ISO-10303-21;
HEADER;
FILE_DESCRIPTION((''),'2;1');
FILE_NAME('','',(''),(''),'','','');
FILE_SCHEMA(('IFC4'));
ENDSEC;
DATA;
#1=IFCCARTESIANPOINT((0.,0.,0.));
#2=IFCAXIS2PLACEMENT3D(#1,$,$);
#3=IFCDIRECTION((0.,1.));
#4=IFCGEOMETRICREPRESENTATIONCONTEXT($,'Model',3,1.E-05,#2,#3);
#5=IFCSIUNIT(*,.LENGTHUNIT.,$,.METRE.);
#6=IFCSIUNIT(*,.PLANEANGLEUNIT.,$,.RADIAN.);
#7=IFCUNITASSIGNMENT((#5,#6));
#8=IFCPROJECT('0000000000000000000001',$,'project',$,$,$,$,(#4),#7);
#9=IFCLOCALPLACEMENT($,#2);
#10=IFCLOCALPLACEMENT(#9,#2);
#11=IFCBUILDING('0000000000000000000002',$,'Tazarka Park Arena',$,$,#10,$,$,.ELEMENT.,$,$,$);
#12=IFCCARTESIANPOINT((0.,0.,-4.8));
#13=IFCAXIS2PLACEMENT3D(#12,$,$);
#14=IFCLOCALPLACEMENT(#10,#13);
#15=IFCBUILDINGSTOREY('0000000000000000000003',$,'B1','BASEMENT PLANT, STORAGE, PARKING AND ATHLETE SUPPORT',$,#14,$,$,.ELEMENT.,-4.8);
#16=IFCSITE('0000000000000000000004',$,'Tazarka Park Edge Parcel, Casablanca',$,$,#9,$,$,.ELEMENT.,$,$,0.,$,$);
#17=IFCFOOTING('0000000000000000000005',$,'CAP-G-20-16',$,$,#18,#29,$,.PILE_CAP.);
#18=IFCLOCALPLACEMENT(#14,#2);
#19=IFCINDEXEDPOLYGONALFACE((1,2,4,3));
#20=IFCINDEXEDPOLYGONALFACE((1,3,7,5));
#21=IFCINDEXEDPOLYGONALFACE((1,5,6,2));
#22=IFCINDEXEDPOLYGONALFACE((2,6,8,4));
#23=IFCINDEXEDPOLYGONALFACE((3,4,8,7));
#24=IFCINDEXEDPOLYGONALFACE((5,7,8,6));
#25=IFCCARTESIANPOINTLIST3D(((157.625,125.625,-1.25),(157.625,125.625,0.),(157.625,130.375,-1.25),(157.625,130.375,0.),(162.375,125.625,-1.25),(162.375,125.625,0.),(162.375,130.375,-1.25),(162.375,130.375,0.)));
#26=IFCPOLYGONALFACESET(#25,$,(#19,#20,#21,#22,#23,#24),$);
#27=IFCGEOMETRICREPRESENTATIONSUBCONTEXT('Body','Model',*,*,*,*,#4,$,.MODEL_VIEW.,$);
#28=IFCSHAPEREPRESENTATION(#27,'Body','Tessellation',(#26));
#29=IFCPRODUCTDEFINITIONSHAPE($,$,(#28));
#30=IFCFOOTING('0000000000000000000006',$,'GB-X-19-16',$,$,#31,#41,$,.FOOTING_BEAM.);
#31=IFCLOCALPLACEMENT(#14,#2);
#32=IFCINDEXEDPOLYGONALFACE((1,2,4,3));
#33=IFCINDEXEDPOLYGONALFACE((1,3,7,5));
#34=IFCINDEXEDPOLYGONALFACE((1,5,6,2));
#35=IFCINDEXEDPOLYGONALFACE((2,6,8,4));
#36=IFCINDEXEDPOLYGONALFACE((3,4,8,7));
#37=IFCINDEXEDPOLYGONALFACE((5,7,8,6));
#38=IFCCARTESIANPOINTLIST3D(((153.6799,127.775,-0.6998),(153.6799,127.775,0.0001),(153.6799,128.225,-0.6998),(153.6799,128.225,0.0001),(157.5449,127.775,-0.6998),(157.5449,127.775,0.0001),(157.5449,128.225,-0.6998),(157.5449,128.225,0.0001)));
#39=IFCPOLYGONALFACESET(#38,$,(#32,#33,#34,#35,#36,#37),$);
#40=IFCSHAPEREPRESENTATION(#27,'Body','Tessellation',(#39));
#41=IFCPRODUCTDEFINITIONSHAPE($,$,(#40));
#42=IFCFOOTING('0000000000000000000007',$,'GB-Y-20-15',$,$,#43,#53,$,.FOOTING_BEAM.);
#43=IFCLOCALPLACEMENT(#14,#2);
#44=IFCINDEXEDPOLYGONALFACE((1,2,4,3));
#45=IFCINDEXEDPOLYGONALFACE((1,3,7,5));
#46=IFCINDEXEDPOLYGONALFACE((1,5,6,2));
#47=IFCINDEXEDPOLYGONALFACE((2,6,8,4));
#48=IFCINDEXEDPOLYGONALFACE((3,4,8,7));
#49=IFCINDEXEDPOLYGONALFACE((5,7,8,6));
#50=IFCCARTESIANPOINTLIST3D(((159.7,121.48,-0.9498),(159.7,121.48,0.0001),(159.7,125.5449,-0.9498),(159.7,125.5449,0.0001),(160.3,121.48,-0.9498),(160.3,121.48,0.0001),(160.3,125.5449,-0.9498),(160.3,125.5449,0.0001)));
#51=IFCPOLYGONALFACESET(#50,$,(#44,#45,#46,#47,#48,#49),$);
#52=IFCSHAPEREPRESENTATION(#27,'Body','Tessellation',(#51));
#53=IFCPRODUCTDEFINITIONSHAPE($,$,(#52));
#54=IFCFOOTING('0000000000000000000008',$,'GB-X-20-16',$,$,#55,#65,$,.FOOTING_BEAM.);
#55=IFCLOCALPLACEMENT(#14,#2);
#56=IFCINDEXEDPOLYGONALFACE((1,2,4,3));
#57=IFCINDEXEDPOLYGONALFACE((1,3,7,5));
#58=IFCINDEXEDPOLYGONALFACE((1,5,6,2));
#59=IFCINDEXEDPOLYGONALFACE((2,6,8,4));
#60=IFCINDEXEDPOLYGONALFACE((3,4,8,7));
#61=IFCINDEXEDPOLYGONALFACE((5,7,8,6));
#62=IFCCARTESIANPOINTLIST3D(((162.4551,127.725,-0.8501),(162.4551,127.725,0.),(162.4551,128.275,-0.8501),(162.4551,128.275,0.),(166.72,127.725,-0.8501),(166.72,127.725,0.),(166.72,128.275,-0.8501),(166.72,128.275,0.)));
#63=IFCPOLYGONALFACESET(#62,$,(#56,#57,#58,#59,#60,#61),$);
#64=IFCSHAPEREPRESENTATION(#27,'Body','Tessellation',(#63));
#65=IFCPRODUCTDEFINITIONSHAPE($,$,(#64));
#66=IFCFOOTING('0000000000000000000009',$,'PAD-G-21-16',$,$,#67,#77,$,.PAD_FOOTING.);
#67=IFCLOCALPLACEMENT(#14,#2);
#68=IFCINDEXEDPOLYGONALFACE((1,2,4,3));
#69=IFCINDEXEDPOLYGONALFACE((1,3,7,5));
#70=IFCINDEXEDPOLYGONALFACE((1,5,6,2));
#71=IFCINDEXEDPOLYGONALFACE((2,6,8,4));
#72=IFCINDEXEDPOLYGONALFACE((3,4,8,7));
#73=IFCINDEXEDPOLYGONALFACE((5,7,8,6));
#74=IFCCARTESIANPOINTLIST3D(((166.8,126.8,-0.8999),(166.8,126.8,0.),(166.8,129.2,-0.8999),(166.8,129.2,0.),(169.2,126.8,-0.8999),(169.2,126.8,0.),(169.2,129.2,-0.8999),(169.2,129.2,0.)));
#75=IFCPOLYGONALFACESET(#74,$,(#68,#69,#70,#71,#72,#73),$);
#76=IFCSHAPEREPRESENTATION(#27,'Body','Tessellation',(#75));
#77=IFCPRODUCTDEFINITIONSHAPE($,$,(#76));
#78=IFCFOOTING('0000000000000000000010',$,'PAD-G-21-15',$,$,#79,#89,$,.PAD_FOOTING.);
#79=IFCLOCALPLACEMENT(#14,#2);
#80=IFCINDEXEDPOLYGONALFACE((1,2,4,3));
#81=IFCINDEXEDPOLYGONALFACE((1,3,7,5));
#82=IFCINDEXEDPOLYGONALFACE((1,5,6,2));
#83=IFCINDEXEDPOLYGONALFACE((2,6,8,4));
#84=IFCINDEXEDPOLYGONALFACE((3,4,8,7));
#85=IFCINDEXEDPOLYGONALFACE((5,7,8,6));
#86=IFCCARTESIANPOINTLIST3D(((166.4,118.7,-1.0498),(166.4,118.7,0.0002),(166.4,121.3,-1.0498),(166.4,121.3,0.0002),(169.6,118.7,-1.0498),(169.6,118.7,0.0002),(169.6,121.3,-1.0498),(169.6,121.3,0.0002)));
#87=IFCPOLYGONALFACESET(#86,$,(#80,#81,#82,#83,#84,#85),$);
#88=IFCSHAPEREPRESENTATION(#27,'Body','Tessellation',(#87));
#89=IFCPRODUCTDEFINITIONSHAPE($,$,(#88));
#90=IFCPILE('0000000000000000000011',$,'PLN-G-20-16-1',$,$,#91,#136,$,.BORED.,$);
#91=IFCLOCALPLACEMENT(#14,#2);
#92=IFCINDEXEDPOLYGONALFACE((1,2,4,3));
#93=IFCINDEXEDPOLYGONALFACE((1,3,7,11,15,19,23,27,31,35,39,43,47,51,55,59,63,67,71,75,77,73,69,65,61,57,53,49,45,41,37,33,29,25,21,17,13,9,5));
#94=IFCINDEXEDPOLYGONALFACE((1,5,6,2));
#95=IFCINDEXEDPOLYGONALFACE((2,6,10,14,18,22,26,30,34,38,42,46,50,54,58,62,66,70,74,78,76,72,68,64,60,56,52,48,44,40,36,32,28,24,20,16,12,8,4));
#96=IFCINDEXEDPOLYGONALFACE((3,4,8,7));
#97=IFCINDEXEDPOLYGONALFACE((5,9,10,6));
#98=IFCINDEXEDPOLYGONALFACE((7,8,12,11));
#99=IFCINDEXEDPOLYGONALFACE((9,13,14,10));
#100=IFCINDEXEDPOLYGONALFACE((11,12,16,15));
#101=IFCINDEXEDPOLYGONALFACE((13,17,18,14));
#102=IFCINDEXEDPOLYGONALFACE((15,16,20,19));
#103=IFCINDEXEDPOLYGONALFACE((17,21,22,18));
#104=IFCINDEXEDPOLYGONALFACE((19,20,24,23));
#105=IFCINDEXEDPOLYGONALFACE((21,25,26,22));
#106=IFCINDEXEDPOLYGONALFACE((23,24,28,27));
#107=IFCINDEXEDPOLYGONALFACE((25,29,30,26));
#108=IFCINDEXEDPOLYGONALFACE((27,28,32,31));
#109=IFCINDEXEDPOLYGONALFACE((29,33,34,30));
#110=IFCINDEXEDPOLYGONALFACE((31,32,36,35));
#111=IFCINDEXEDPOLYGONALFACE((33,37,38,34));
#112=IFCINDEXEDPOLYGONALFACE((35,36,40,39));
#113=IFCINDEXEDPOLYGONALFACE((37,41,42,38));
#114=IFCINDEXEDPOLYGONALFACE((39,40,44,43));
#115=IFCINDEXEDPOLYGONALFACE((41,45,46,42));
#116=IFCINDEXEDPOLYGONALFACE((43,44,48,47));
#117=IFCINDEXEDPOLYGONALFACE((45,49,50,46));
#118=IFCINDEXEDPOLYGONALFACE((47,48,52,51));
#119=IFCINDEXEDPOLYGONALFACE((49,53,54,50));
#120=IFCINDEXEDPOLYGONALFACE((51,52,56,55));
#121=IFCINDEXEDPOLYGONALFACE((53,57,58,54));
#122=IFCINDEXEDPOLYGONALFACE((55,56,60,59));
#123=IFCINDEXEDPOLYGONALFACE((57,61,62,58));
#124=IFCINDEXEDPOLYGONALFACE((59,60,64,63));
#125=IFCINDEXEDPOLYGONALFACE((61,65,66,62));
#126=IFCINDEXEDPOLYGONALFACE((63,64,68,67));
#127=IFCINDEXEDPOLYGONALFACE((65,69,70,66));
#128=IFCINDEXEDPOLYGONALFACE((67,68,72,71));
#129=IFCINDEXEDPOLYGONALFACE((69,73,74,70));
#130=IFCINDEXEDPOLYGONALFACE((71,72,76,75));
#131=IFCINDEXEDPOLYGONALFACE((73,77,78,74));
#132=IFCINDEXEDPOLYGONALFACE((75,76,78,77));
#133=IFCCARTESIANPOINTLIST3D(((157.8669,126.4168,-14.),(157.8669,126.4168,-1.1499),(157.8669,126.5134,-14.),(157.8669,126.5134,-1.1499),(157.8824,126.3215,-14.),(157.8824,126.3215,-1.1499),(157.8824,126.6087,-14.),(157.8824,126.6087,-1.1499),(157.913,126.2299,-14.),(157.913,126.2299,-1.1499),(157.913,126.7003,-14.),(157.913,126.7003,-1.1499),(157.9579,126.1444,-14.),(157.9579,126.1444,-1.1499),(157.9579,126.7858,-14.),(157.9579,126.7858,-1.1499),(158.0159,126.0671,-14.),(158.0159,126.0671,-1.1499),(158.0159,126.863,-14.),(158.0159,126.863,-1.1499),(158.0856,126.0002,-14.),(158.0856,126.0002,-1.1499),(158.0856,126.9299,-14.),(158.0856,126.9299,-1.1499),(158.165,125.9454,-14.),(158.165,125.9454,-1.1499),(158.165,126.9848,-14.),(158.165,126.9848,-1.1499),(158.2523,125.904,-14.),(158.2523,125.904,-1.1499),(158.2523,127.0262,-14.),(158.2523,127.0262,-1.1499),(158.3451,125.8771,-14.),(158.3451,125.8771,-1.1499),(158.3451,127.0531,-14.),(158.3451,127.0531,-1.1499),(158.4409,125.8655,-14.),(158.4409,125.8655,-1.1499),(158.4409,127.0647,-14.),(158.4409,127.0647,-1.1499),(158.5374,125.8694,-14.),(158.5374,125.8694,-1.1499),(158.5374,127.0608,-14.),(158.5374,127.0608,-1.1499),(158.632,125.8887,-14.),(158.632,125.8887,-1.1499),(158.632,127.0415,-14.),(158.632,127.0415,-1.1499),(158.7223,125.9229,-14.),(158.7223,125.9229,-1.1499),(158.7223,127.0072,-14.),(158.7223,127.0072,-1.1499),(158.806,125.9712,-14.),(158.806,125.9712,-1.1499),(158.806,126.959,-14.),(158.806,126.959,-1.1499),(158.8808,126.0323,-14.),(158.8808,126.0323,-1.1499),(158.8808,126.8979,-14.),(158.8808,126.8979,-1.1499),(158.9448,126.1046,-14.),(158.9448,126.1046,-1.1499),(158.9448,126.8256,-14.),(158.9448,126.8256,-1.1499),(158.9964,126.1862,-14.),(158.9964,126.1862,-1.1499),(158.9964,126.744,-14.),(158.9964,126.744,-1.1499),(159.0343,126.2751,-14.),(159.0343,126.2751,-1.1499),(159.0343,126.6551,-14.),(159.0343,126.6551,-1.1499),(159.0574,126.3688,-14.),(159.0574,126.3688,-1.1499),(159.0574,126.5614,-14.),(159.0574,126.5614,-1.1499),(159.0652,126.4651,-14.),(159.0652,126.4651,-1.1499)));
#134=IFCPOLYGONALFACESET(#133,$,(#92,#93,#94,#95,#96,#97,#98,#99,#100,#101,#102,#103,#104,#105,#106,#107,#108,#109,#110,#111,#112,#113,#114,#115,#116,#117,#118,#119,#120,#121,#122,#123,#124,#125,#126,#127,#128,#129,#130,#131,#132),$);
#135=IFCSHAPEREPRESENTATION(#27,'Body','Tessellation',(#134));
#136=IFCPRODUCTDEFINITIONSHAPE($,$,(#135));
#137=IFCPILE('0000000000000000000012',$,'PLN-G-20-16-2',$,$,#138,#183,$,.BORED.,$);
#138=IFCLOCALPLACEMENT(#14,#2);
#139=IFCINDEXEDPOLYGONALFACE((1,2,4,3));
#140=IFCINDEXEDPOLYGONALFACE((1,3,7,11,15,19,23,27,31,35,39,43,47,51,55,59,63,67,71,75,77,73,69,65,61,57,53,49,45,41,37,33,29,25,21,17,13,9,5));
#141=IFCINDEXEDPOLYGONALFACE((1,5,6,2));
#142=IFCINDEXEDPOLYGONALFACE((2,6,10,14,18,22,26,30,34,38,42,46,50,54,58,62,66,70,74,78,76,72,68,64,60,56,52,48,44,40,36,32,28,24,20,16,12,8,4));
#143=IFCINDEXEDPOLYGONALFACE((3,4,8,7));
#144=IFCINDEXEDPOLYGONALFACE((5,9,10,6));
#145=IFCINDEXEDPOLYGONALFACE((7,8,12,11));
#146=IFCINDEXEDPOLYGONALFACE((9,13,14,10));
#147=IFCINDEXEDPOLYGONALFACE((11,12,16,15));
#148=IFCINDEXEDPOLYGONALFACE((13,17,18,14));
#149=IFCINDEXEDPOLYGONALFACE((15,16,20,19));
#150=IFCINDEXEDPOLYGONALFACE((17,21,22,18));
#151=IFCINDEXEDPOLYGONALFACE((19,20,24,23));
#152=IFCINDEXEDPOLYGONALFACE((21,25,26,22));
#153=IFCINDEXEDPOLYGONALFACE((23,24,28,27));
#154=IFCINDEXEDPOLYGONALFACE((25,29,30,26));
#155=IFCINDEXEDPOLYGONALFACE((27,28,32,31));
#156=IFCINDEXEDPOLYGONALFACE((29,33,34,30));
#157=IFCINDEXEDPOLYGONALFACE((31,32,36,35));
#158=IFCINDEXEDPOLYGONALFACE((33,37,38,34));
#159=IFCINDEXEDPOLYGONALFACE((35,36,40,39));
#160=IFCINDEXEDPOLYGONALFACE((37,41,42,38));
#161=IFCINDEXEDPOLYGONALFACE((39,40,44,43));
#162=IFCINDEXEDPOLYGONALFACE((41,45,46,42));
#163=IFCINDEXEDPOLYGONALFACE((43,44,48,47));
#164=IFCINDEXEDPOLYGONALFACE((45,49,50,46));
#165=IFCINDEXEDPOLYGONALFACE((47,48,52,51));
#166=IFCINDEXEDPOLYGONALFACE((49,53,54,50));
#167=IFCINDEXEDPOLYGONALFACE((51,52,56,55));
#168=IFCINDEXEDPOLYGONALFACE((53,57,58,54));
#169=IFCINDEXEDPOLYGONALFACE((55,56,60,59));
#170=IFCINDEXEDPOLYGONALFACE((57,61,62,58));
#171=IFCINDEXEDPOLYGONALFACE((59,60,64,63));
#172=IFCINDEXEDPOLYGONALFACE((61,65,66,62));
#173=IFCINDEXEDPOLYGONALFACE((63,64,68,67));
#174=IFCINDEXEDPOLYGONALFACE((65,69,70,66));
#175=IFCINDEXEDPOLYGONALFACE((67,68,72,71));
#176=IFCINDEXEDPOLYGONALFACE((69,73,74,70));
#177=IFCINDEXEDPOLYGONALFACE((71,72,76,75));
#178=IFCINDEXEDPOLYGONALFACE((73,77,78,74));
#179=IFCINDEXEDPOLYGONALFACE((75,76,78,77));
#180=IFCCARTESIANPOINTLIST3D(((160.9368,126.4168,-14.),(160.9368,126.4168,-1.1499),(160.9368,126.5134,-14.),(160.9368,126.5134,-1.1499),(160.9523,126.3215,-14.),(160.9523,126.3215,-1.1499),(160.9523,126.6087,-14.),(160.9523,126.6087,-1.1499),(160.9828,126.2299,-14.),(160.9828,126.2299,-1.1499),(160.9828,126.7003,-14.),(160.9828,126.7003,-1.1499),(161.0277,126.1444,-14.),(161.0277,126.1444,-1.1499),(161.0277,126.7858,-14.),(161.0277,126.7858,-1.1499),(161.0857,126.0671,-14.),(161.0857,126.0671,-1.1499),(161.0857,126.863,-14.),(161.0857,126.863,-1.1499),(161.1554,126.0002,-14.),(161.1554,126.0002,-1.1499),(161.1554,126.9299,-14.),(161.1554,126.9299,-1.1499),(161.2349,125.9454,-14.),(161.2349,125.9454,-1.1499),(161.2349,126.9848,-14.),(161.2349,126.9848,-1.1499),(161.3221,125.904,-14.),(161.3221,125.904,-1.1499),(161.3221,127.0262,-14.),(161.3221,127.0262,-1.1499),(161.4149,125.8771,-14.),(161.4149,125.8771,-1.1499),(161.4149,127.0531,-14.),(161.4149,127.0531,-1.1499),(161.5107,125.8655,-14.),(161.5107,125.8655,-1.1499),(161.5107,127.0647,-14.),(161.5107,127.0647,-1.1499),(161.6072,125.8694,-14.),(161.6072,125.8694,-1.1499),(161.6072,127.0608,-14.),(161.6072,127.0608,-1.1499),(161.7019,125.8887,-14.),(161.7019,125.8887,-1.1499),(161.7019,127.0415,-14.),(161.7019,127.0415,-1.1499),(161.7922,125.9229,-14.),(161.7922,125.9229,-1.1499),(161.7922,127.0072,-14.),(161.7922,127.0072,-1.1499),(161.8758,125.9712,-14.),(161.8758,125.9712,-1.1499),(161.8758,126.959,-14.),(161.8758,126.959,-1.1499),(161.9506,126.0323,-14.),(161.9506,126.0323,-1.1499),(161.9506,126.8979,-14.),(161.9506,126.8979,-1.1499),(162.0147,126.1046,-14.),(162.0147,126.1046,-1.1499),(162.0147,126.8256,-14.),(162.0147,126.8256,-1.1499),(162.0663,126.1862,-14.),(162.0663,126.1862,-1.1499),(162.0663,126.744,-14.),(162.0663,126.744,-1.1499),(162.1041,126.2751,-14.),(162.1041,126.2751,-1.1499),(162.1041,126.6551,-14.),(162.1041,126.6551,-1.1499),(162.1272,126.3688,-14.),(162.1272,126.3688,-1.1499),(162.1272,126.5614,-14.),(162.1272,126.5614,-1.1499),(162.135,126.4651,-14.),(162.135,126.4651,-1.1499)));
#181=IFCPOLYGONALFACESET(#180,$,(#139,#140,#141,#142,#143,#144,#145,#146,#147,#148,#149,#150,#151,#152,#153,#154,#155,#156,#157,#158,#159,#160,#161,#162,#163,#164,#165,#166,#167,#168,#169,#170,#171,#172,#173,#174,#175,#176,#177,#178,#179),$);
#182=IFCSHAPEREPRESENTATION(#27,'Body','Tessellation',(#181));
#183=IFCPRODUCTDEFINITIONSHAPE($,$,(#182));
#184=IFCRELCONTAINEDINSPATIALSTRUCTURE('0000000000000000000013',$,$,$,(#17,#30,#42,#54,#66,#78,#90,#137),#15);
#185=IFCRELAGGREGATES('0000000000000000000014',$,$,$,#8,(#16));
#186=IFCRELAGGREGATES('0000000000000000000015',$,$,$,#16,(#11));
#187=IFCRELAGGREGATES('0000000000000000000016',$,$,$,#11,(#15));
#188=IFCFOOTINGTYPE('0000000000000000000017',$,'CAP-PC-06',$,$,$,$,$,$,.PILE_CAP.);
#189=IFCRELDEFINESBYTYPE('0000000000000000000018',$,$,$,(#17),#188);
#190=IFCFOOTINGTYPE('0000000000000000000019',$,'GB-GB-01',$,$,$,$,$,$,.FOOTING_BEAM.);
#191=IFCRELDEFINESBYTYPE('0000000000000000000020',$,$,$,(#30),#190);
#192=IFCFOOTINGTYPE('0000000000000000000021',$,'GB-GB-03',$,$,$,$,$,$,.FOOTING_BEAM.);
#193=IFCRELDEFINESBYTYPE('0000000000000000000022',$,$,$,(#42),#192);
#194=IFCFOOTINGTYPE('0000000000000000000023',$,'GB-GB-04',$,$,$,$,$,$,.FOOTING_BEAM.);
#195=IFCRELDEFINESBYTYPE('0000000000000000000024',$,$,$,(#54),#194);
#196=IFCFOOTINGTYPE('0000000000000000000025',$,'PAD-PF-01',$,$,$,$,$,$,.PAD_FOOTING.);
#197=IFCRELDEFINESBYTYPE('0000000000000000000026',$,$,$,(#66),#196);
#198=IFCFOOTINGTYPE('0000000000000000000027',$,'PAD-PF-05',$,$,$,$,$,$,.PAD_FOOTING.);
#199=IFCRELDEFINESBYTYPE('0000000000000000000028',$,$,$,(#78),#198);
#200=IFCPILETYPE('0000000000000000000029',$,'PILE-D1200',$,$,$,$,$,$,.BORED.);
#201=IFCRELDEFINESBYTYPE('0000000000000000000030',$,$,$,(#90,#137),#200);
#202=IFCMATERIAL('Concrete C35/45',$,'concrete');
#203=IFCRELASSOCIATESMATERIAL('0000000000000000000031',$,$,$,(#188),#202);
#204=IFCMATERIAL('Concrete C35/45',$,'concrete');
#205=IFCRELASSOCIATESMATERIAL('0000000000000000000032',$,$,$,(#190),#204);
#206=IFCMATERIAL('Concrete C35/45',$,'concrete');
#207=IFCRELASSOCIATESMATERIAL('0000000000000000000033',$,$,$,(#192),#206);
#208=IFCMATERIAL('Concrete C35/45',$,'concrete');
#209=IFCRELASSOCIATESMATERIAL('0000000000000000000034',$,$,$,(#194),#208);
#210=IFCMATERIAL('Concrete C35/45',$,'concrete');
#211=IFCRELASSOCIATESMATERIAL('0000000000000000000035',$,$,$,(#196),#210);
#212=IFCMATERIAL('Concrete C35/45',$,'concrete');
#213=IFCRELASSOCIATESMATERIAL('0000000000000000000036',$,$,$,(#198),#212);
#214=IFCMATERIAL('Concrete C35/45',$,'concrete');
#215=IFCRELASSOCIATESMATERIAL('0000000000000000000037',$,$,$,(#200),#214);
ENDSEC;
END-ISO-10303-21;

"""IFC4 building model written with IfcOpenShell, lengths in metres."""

from ifc_helpers import new_model, si_unit, direction, frame, origin, origin_2d, place, context, subcontext, project, spatial, rectangle, circle, extrude, material, material_profile, profile_set, type_object, element, save


model = new_model("IFC4")

# Units and contexts
model_context = context("Model", 3, precision=1e-05, world=origin(), true_north=direction((0.0, 1.0)))
body_context = subcontext(model_context, "Body", "Model", "MODEL_VIEW")
ifc_project = project(units=[si_unit("LENGTHUNIT", "METRE"), si_unit("PLANEANGLEUNIT", "RADIAN")], contexts=[model_context])

# Site, building, storey
site_placement = place(None, origin())
site = spatial("IfcSite", under=ifc_project, at=site_placement, Name="Tazarka Park Edge Parcel, Casablanca", CompositionType="ELEMENT", RefElevation=0.0)
building_placement = place(site_placement, origin())
building = spatial("IfcBuilding", under=site, at=building_placement, Name="Tazarka Park Arena", CompositionType="ELEMENT")
storey_placement = place(building_placement, frame((0.0, 0.0, -4.8)))
storey = spatial("IfcBuildingStorey", under=building, at=storey_placement, Name="B1", Description="BASEMENT PLANT, STORAGE, PARKING AND ATHLETE SUPPORT", CompositionType="ELEMENT", Elevation=-4.8)

# Footings
ifc_material_1 = material(Name="Concrete C35/45", Category="concrete")
footing_type_1 = type_object("IfcFootingType", Name="CAP-PC-06", PredefinedType="PILE_CAP", material=ifc_material_1)
footing_1_placement = place(storey_placement, frame((160.0, 128.0, -1.25), z_axis=(0.0, 0.0, 1.0), x_axis=(1.0, 0.0, 0.0)))
element("IfcFooting", 1, at=footing_1_placement, inside=storey, type_object=footing_type_1, Name="CAP-G-20-16", PredefinedType="PILE_CAP", context=body_context, shape_type="SweptSolid", body=[
    extrude(rectangle(XDim=4.75, YDim=4.75, at=origin_2d()), origin(), (0.0, 0.0, 1.0), 1.25),
])
ifc_material_2 = material(Name="Concrete C35/45", Category="concrete")
ifc_material_profile_1 = material_profile(ifc_material_2, rectangle(XDim=0.45, YDim=0.7, at=origin_2d()), Name="Concrete C35/45")
ifc_profile_set_1 = profile_set([ifc_material_profile_1], Name="Concrete C35/45")
footing_type_2 = type_object("IfcFootingType", Name="GB-GB-01", PredefinedType="FOOTING_BEAM", material=ifc_profile_set_1)
footing_2_placement = place(storey_placement, frame((153.6799, 128.0, -0.3499), z_axis=(1.0, 0.0, 0.0), x_axis=(0.0, 1.0, 0.0)))
element("IfcFooting", 2, at=footing_2_placement, inside=storey, type_object=footing_type_2, Name="GB-X-19-16", PredefinedType="FOOTING_BEAM", context=body_context, shape_type="SweptSolid", body=[
    extrude(rectangle(XDim=0.45, YDim=0.7, at=origin_2d()), origin(), (0.0, 0.0, 1.0), 3.865),
])
ifc_material_3 = material(Name="Concrete C35/45", Category="concrete")
ifc_material_profile_2 = material_profile(ifc_material_3, rectangle(XDim=0.6001, YDim=0.95, at=origin_2d()), Name="Concrete C35/45")
ifc_profile_set_2 = profile_set([ifc_material_profile_2], Name="Concrete C35/45")
footing_type_3 = type_object("IfcFootingType", Name="GB-GB-03", PredefinedType="FOOTING_BEAM", material=ifc_profile_set_2)
footing_3_placement = place(storey_placement, frame((160.0, 121.48, -0.4749), z_axis=(0.0, 1.0, 0.0), x_axis=(-1.0, 0.0, 0.0)))
element("IfcFooting", 3, at=footing_3_placement, inside=storey, type_object=footing_type_3, Name="GB-Y-20-15", PredefinedType="FOOTING_BEAM", context=body_context, shape_type="SweptSolid", body=[
    extrude(rectangle(XDim=0.6001, YDim=0.95, at=origin_2d()), origin(), (0.0, 0.0, 1.0), 4.0649),
])
ifc_material_4 = material(Name="Concrete C35/45", Category="concrete")
ifc_material_profile_3 = material_profile(ifc_material_4, rectangle(XDim=0.55, YDim=0.8501, at=origin_2d()), Name="Concrete C35/45")
ifc_profile_set_3 = profile_set([ifc_material_profile_3], Name="Concrete C35/45")
footing_type_4 = type_object("IfcFootingType", Name="GB-GB-04", PredefinedType="FOOTING_BEAM", material=ifc_profile_set_3)
footing_4_placement = place(storey_placement, frame((162.4551, 128.0, -0.425), z_axis=(1.0, 0.0, 0.0), x_axis=(0.0, 1.0, 0.0)))
element("IfcFooting", 4, at=footing_4_placement, inside=storey, type_object=footing_type_4, Name="GB-X-20-16", PredefinedType="FOOTING_BEAM", context=body_context, shape_type="SweptSolid", body=[
    extrude(rectangle(XDim=0.55, YDim=0.8501, at=origin_2d()), origin(), (0.0, 0.0, 1.0), 4.2649),
])
ifc_material_5 = material(Name="Concrete C35/45", Category="concrete")
footing_type_5 = type_object("IfcFootingType", Name="PAD-PF-01", PredefinedType="PAD_FOOTING", material=ifc_material_5)
footing_5_placement = place(storey_placement, frame((168.0, 128.0, -0.8999), z_axis=(0.0, 0.0, 1.0), x_axis=(1.0, 0.0, 0.0)))
element("IfcFooting", 5, at=footing_5_placement, inside=storey, type_object=footing_type_5, Name="PAD-G-21-16", PredefinedType="PAD_FOOTING", context=body_context, shape_type="SweptSolid", body=[
    extrude(rectangle(XDim=2.3999, YDim=2.3999, at=origin_2d()), origin(), (0.0, 0.0, 1.0), 0.8999),
])
ifc_material_6 = material(Name="Concrete C35/45", Category="concrete")
footing_type_6 = type_object("IfcFootingType", Name="PAD-PF-05", PredefinedType="PAD_FOOTING", material=ifc_material_6)
footing_6_placement = place(storey_placement, frame((168.0, 120.0, -1.0498), z_axis=(0.0, 0.0, 1.0), x_axis=(1.0, 0.0, 0.0)))
element("IfcFooting", 6, at=footing_6_placement, inside=storey, type_object=footing_type_6, Name="PAD-G-21-15", PredefinedType="PAD_FOOTING", context=body_context, shape_type="SweptSolid", body=[
    extrude(rectangle(XDim=3.2, YDim=2.6001, at=origin_2d()), origin(), (0.0, 0.0, 1.0), 1.05),
])

# Piles
ifc_material_7 = material(Name="Concrete C35/45", Category="concrete")
ifc_material_profile_4 = material_profile(ifc_material_7, circle(Radius=0.6001, at=origin_2d()), Name="Concrete C35/45")
ifc_profile_set_4 = profile_set([ifc_material_profile_4], Name="Concrete C35/45")
pile_type = type_object("IfcPileType", Name="PILE-D1200", PredefinedType="BORED", material=ifc_profile_set_4)
for number, where, z_axis, x_axis, name in (
    (7, (158.4651, 126.4651, -1.1499), (0.0, 0.0, -1.0), (1.0, 0.0, 0.0), "PLN-G-20-16-1"),
    (8, (161.5349, 126.4651, -1.1499), (0.0, 0.0, -1.0), (1.0, 0.0, 0.0), "PLN-G-20-16-2"),
):
    element("IfcPile", number, at=place(storey_placement, frame(where, z_axis=z_axis, x_axis=x_axis)), inside=storey, type_object=pile_type, Name=name, PredefinedType="BORED", context=body_context, shape_type="SweptSolid", body=[
        extrude(circle(Radius=0.6001, at=origin_2d()), origin(), (0.0, 0.0, 1.0), 12.8501),
    ])

save(model, "model.ifc")
